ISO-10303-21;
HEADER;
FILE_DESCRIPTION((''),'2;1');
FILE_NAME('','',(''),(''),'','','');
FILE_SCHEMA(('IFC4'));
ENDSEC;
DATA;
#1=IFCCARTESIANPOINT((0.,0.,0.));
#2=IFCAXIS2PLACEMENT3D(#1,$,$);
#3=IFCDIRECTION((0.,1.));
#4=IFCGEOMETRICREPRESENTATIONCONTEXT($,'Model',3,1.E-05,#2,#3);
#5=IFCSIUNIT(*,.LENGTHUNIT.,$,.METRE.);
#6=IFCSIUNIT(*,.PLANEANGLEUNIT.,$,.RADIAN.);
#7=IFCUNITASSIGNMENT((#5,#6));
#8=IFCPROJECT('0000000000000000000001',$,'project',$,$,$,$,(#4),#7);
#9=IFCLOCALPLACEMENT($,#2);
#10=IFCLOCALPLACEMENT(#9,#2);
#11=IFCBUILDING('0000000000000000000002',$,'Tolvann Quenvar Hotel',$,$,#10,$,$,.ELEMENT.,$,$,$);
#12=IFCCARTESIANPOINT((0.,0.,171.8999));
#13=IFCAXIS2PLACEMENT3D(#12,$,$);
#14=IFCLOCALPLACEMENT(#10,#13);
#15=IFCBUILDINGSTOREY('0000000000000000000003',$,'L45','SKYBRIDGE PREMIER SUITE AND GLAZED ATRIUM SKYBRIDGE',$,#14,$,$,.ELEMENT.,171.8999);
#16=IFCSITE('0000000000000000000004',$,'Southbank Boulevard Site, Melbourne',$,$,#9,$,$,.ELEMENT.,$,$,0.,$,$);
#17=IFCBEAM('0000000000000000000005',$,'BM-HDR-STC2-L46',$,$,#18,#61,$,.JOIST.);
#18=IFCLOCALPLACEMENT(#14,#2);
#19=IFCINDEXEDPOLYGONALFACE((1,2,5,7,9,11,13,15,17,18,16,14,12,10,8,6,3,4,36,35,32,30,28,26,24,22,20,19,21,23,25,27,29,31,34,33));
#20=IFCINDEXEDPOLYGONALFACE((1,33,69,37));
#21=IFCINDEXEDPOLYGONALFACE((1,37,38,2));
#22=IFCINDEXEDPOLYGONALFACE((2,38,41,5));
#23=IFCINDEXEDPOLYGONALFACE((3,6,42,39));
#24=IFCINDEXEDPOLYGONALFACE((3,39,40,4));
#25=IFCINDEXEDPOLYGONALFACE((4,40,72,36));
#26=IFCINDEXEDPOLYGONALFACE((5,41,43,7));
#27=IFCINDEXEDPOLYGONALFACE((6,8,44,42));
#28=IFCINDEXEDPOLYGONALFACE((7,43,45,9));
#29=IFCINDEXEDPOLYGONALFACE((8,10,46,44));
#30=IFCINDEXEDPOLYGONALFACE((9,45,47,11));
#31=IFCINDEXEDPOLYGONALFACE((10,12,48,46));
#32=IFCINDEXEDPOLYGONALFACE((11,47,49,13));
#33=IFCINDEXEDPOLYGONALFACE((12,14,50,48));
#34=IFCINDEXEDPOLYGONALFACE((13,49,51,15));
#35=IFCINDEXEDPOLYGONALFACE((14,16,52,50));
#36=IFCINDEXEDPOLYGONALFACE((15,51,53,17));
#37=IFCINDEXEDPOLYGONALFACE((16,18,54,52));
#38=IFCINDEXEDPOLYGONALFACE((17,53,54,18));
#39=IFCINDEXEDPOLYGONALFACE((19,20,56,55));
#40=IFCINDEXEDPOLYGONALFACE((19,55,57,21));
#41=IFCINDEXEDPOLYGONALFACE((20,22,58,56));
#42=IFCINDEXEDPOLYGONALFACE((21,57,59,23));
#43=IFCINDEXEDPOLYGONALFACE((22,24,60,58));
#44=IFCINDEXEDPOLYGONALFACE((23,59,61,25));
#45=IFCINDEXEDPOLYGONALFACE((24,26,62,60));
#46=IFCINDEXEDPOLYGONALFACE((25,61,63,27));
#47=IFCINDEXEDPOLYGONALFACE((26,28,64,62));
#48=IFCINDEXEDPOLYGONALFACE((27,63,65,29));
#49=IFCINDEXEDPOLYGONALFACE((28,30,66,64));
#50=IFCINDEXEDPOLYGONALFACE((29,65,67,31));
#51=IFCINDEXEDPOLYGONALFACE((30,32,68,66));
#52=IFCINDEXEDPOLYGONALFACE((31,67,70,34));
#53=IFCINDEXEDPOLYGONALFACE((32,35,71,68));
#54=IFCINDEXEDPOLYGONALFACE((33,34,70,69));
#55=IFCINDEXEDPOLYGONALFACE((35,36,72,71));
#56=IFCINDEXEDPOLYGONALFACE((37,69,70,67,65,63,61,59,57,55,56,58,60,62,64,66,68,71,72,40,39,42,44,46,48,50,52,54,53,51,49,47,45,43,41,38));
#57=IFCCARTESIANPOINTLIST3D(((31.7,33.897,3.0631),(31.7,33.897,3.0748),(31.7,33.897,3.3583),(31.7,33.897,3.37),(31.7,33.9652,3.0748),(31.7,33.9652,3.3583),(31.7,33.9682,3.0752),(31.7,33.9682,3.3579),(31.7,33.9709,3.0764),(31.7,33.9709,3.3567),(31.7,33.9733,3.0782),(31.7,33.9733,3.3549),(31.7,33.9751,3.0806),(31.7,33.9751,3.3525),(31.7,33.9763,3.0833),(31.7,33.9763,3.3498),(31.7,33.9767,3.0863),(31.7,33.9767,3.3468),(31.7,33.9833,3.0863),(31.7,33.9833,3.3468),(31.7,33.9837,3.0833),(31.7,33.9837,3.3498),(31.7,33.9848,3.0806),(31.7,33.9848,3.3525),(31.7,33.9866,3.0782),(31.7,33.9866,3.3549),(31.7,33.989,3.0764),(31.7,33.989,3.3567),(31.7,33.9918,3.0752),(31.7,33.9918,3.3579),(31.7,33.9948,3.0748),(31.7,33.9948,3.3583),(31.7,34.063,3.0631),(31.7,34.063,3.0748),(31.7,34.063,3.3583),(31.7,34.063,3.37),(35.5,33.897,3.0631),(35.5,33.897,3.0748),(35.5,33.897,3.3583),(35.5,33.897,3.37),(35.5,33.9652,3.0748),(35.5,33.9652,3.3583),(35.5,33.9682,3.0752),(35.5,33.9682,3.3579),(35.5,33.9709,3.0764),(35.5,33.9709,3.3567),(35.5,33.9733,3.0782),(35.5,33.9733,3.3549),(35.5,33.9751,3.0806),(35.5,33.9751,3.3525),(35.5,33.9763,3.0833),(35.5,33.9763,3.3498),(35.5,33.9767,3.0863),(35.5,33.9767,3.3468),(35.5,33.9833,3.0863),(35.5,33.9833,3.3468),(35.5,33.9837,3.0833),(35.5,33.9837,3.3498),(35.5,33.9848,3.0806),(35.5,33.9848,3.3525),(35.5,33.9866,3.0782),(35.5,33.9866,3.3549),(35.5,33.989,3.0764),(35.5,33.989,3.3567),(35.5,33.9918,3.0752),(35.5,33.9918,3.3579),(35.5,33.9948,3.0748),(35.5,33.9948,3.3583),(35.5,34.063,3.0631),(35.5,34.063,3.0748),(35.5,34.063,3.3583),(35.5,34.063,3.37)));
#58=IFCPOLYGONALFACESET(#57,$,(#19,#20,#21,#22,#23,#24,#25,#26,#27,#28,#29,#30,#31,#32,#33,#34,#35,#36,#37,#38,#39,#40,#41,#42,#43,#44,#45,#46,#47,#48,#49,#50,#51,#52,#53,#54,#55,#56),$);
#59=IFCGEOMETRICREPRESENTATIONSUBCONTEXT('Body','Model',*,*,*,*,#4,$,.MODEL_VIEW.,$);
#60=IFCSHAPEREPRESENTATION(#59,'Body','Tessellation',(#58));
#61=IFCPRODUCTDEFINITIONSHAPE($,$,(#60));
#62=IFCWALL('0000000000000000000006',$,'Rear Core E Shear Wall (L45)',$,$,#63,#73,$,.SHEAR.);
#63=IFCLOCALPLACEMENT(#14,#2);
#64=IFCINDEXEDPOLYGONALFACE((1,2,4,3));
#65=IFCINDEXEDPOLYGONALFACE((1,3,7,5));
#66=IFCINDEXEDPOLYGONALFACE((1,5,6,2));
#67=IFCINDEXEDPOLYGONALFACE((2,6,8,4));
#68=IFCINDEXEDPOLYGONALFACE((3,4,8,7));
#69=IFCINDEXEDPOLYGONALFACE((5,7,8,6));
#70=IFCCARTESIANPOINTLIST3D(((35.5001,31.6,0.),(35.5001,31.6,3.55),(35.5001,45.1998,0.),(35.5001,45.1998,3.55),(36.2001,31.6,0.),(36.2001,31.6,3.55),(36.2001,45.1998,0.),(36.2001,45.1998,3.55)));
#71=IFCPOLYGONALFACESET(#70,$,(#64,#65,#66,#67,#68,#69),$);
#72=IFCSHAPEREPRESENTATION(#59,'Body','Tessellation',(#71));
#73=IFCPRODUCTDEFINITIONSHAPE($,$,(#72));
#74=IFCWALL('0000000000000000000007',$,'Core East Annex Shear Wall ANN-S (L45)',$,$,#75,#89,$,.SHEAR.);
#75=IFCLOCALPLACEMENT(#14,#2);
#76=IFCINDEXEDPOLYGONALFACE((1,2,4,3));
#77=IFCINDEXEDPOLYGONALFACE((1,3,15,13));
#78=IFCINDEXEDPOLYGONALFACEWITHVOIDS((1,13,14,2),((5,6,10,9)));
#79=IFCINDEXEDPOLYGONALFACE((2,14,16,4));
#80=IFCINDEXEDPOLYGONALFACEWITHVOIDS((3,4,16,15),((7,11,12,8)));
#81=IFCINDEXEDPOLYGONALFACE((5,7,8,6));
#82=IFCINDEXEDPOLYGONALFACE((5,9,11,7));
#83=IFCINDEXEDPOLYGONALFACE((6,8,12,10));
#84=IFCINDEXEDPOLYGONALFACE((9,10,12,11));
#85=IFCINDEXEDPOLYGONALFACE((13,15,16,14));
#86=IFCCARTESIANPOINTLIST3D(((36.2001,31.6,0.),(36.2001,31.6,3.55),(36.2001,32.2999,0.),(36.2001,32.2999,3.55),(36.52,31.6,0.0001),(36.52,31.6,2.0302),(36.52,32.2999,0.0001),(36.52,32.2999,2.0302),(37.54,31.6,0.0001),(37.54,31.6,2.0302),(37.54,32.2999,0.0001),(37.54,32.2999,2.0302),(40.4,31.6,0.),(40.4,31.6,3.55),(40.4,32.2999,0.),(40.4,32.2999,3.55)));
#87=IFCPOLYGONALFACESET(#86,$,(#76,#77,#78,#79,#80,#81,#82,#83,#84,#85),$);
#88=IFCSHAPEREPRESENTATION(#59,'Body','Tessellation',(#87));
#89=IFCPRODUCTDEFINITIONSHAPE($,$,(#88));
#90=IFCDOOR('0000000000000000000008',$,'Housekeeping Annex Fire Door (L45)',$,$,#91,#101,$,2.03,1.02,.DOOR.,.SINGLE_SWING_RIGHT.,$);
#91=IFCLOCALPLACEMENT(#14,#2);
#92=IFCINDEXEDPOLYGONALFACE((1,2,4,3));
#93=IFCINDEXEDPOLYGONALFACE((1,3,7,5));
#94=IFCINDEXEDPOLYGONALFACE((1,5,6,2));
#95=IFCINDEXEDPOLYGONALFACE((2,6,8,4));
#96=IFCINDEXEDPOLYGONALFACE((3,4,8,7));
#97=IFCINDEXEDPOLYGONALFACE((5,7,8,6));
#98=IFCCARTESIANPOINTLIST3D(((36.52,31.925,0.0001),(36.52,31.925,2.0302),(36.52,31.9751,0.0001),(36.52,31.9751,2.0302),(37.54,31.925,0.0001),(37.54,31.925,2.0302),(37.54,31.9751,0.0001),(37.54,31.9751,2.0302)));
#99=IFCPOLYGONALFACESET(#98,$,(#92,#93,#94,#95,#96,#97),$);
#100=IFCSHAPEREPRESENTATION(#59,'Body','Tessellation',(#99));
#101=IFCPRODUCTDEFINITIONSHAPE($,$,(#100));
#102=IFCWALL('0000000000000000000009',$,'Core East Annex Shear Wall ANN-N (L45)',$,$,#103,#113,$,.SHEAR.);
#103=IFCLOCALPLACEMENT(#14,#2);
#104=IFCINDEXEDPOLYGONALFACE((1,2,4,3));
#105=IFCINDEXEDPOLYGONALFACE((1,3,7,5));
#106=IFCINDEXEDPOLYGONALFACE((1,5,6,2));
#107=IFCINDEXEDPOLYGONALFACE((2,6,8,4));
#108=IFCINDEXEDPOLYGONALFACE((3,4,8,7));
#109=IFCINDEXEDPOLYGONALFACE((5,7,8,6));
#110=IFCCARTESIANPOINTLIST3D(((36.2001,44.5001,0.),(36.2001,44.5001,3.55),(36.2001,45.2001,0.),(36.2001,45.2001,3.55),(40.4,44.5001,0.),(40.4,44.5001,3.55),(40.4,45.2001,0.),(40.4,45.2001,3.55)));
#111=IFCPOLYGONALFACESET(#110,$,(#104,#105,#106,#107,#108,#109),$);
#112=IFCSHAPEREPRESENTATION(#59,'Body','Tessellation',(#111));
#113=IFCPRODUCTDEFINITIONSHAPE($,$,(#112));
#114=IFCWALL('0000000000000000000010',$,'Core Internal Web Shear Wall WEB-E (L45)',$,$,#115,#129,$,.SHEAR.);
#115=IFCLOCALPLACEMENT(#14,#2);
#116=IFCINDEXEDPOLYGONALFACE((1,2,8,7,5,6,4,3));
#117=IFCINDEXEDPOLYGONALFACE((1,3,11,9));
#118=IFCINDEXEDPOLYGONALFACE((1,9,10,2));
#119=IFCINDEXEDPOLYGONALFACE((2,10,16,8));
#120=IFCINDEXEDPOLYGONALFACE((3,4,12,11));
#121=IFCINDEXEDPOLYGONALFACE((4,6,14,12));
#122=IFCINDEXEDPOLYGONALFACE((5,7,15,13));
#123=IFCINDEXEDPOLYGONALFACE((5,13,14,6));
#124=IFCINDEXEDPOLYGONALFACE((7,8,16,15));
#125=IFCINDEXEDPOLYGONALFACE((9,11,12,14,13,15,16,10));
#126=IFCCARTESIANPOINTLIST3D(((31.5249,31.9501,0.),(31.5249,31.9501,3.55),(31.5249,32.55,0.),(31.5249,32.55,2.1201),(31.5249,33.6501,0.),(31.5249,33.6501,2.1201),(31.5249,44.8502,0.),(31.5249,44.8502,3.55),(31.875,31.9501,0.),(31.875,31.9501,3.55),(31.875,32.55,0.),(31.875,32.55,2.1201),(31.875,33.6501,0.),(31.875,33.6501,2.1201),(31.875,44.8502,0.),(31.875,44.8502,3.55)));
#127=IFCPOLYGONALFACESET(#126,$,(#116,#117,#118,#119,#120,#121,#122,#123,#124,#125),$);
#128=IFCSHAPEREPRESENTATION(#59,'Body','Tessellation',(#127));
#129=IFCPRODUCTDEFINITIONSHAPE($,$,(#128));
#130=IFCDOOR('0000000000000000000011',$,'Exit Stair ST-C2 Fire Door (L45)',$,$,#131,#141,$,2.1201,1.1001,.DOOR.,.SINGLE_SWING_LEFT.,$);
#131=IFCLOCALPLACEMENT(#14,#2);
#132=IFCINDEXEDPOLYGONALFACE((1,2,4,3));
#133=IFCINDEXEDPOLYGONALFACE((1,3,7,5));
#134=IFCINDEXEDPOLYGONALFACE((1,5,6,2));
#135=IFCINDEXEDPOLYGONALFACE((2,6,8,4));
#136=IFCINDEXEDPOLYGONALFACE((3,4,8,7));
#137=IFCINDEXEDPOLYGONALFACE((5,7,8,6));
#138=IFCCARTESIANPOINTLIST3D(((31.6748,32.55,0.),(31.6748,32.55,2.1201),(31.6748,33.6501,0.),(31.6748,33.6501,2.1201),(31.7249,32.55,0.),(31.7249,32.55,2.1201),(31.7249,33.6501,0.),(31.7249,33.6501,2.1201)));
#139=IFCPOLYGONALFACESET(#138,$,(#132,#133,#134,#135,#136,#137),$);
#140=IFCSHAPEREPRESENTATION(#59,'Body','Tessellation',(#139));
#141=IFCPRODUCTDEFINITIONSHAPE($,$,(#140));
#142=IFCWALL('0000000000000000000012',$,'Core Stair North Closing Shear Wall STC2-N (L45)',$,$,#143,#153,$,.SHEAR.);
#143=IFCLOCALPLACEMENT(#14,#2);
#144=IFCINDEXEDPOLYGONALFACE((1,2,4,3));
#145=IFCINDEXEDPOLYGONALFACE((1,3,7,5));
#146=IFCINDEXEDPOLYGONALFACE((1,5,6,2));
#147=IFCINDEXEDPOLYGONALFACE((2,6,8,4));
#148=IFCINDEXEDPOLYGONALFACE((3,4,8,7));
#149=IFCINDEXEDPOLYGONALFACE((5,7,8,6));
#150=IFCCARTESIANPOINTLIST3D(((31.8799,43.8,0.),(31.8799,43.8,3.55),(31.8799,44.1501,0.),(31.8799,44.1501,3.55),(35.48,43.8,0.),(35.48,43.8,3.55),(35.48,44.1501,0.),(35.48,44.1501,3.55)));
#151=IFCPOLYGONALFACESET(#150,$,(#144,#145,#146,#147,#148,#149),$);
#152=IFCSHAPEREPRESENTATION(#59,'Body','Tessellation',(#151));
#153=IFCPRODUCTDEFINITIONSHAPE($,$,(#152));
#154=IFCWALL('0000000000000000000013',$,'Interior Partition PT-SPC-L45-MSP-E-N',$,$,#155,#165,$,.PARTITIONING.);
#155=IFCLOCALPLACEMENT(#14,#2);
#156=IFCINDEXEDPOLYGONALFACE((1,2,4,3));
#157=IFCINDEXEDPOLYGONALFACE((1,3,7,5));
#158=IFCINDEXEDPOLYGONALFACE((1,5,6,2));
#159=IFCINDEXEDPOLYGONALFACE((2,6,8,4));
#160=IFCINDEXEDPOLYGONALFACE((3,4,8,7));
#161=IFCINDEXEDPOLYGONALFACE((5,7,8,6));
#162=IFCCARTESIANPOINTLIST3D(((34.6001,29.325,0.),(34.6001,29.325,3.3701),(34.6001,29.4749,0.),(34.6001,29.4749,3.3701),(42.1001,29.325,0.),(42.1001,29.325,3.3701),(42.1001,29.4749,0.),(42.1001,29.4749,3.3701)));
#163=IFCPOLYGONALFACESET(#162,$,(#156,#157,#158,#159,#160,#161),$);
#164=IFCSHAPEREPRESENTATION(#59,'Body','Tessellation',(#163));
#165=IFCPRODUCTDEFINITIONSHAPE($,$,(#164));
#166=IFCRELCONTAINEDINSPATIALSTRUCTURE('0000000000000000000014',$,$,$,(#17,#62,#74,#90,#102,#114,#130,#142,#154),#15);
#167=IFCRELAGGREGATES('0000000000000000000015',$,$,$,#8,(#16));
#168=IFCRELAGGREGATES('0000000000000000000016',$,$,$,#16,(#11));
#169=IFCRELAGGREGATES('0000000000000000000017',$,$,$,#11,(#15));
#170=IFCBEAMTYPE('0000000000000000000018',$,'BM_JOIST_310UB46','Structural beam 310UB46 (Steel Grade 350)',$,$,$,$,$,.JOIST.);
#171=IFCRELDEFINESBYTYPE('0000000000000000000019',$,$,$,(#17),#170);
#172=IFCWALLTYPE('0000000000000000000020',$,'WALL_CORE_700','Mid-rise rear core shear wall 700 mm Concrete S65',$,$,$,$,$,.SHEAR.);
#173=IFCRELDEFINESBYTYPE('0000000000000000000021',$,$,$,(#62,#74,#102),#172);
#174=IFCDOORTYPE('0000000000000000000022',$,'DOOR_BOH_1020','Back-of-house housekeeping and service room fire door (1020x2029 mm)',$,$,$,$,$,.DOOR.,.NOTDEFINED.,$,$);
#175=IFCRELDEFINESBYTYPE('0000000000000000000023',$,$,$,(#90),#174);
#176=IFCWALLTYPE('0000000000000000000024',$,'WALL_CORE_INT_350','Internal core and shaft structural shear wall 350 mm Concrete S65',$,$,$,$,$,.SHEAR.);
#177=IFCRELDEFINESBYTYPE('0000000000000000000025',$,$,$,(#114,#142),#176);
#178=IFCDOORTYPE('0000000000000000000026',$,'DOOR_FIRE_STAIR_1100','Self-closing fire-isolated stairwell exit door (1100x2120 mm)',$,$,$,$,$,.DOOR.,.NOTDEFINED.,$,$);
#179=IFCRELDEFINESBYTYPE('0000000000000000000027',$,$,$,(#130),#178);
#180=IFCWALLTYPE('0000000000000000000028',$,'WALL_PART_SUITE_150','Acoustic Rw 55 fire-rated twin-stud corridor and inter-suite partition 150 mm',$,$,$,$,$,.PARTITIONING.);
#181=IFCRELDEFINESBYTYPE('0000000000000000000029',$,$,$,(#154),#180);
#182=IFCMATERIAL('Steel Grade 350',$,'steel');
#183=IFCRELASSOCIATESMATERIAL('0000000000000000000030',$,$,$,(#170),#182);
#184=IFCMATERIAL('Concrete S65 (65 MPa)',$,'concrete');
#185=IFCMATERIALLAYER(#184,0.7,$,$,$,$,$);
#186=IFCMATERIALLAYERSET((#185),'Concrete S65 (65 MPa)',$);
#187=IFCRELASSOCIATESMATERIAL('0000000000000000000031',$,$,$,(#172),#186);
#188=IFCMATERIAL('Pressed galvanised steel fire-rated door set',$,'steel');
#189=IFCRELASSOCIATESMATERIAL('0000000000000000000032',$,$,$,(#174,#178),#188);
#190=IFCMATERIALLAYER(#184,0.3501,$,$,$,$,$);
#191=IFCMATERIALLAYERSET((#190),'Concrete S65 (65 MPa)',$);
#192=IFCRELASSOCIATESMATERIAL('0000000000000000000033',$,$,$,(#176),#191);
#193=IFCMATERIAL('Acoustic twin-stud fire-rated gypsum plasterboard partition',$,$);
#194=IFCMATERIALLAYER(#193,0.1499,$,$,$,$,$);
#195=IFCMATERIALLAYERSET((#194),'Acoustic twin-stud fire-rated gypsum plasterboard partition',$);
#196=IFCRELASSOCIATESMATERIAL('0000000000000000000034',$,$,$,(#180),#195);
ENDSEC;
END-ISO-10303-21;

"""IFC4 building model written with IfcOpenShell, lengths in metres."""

from ifc_helpers import new_model, si_unit, direction, frame, frame_2d, origin, origin_2d, place, context, subcontext, project, spatial, rectangle, i_section, extrude, source, transform, mapped, material, layer, layer_set, material_profile, profile_set, type_object, type_shapes, element, fill, save


model = new_model("IFC4")

# Units and contexts
model_context = context("Model", 3, precision=1e-05, world=origin(), true_north=direction((0.0, 1.0)))
body_context = subcontext(model_context, "Body", "Model", "MODEL_VIEW")
ifc_project = project(units=[si_unit("LENGTHUNIT", "METRE"), si_unit("PLANEANGLEUNIT", "RADIAN")], contexts=[model_context])

# Site, building, storey
site_placement = place(None, origin())
site = spatial("IfcSite", under=ifc_project, at=site_placement, Name="Southbank Boulevard Site, Melbourne", CompositionType="ELEMENT", RefElevation=0.0)
building_placement = place(site_placement, origin())
building = spatial("IfcBuilding", under=site, at=building_placement, Name="Tolvann Quenvar Hotel", CompositionType="ELEMENT")
storey_placement = place(building_placement, frame((0.0, 0.0, 171.8999)))
storey = spatial("IfcBuildingStorey", under=building, at=storey_placement, Name="L45", Description="SKYBRIDGE PREMIER SUITE AND GLAZED ATRIUM SKYBRIDGE", CompositionType="ELEMENT", Elevation=171.8999)

# Beam
ifc_material_1 = material(Name="Steel Grade 350", Category="steel")
ifc_material_profile = material_profile(ifc_material_1, i_section(OverallWidth=0.166, OverallDepth=0.3069, WebThickness=0.0066, FlangeThickness=0.0117, FilletRadius=0.0115, at=origin_2d()), Name="310UB46")
ifc_profile_set = profile_set([ifc_material_profile], Name="Steel Grade 350")
beam_type = type_object("IfcBeamType", Name="BM_JOIST_310UB46", Description="Structural beam 310UB46 (Steel Grade 350)", PredefinedType="JOIST", material=ifc_profile_set)
shared_shape_1 = source(origin(), body_context, "Body", "SweptSolid", [
    extrude(i_section(OverallWidth=0.166, OverallDepth=0.3069, WebThickness=0.0066, FlangeThickness=0.0117, FilletRadius=0.0115, at=origin_2d()), origin(), (0.0, 0.0, 1.0), 3.8),
])
type_shapes(beam_type, [shared_shape_1])
beam_placement = place(storey_placement, frame((31.7, 33.98, 3.2166), z_axis=(1.0, 0.0, 0.0), x_axis=(0.0, 1.0, 0.0)))
element("IfcBeam", 1, at=beam_placement, inside=storey, type_object=beam_type, Name="BM-HDR-STC2-L46", PredefinedType="JOIST", context=body_context, shape_type="MappedRepresentation", body=[
    mapped(shared_shape_1, transform((0.0, 0.0, 0.0), x_axis=(1.0, 0.0, 0.0), y_axis=(0.0, 1.0, 0.0), z_axis=(0.0, 0.0, 1.0), scale=1.0)),
])

# Wall
ifc_material_2 = material(Name="Concrete S65 (65 MPa)", Category="concrete")
ifc_layer_1 = layer(ifc_material_2, 0.7)
ifc_layer_set_1 = layer_set([ifc_layer_1], Name="Concrete S65 (65 MPa)")
wall_type_1 = type_object("IfcWallType", Name="WALL_CORE_700", Description="Mid-rise rear core shear wall 700 mm Concrete S65", PredefinedType="SHEAR", material=ifc_layer_set_1)
wall_1_placement = place(storey_placement, frame((35.8501, 31.6001, 0.0), z_axis=(0.0, 0.0, 1.0), x_axis=(0.0, 1.0, 0.0)))
element("IfcWall", 2, at=wall_1_placement, inside=storey, type_object=wall_type_1, Name="Rear Core E Shear Wall (L45)", PredefinedType="SHEAR", context=body_context, shape_type="SweptSolid", body=[
    extrude(rectangle(XDim=13.5999, YDim=0.7, at=frame_2d((6.7998, 0.0))), origin(), (0.0, 0.0, 1.0), 3.55),
])

# Wall, opening, door
wall_2_placement = place(storey_placement, frame((36.2, 31.95, 0.0), z_axis=(0.0, 0.0, 1.0), x_axis=(1.0, 0.0, 0.0)))
wall_2 = element("IfcWall", 3, at=wall_2_placement, inside=storey, type_object=wall_type_1, Name="Core East Annex Shear Wall ANN-S (L45)", PredefinedType="SHEAR", context=body_context, shape_type="SweptSolid", body=[
    extrude(rectangle(XDim=4.2, YDim=0.7, at=frame_2d((2.1001, 0.0))), origin(), (0.0, 0.0, 1.0), 3.55),
])
opening_1_placement = place(wall_2_placement, frame((1.3401, 0.0, 0.0), z_axis=(0.0, 0.0, 1.0), x_axis=(-1.0, 0.0, 0.0)))
opening_1 = element("IfcOpeningElement", 4, at=opening_1_placement, cuts=wall_2, PredefinedType="OPENING", context=body_context, shape_type="SweptSolid", body=[
    extrude(rectangle(XDim=1.02, YDim=2.03, at=frame_2d((0.51, 1.0151))), frame((0.0, 0.3599, 0.0), z_axis=(0.0, -1.0, 0.0), x_axis=(1.0, 0.0, 0.0)), (0.0, 0.0, 1.0), 0.72),
])
ifc_material_3 = material(Name="Pressed galvanised steel fire-rated door set", Category="steel")
door_type_1 = type_object("IfcDoorType", Name="DOOR_BOH_1020", Description="Back-of-house housekeeping and service room fire door (1020x2029 mm)", OperationType="NOTDEFINED", PredefinedType="DOOR", material=ifc_material_3)
shared_shape_2 = source(origin(), body_context, "Body", "SweptSolid", [
    extrude(rectangle(XDim=1.02, YDim=2.03, at=frame_2d((0.51, 1.0151))), frame((0.0, 0.0249, 0.0), z_axis=(0.0, -1.0, 0.0), x_axis=(1.0, 0.0, 0.0)), (0.0, 0.0, 1.0), 0.05),
])
type_shapes(door_type_1, [shared_shape_2])
door_1_placement = place(opening_1_placement, origin())
door_1 = element("IfcDoor", 5, at=door_1_placement, inside=storey, type_object=door_type_1, Name="Housekeeping Annex Fire Door (L45)", OperationType="SINGLE_SWING_RIGHT", OverallHeight=2.03, OverallWidth=1.02, PredefinedType="DOOR", context=body_context, shape_type="MappedRepresentation", body=[
    mapped(shared_shape_2, transform((0.0, 0.0, 0.0), x_axis=(1.0, 0.0, 0.0), y_axis=(0.0, 1.0, 0.0), z_axis=(0.0, 0.0, 1.0), scale=1.0)),
])
fill(opening_1, door_1)

# Wall
wall_3_placement = place(storey_placement, frame((36.2, 44.8501, 0.0), z_axis=(0.0, 0.0, 1.0), x_axis=(1.0, 0.0, 0.0)))
element("IfcWall", 6, at=wall_3_placement, inside=storey, type_object=wall_type_1, Name="Core East Annex Shear Wall ANN-N (L45)", PredefinedType="SHEAR", context=body_context, shape_type="SweptSolid", body=[
    extrude(rectangle(XDim=4.2, YDim=0.7, at=frame_2d((2.1001, 0.0))), origin(), (0.0, 0.0, 1.0), 3.55),
])

# Wall, opening, door
ifc_layer_2 = layer(ifc_material_2, 0.3501)
ifc_layer_set_2 = layer_set([ifc_layer_2], Name="Concrete S65 (65 MPa)")
wall_type_2 = type_object("IfcWallType", Name="WALL_CORE_INT_350", Description="Internal core and shaft structural shear wall 350 mm Concrete S65", PredefinedType="SHEAR", material=ifc_layer_set_2)
wall_4_placement = place(storey_placement, frame((31.7, 31.95, 0.0), z_axis=(0.0, 0.0, 1.0), x_axis=(0.0, 1.0, 0.0)))
wall_4 = element("IfcWall", 7, at=wall_4_placement, inside=storey, type_object=wall_type_2, Name="Core Internal Web Shear Wall WEB-E (L45)", PredefinedType="SHEAR", context=body_context, shape_type="SweptSolid", body=[
    extrude(rectangle(XDim=12.9001, YDim=0.3501, at=frame_2d((6.4502, 0.0))), origin(), (0.0, 0.0, 1.0), 3.55),
])
opening_2_placement = place(wall_4_placement, frame((1.7002, 0.0, 0.0), z_axis=(0.0, 0.0, 1.0), x_axis=(-1.0, 0.0, 0.0)))
opening_2 = element("IfcOpeningElement", 8, at=opening_2_placement, cuts=wall_4, PredefinedType="OPENING", context=body_context, shape_type="SweptSolid", body=[
    extrude(rectangle(XDim=1.1001, YDim=2.1201, at=frame_2d((0.55, 1.0601))), frame((0.0, 0.1851, 0.0), z_axis=(0.0, -1.0, 0.0), x_axis=(1.0, 0.0, 0.0)), (0.0, 0.0, 1.0), 0.3701),
])
door_type_2 = type_object("IfcDoorType", Name="DOOR_FIRE_STAIR_1100", Description="Self-closing fire-isolated stairwell exit door (1100x2120 mm)", OperationType="NOTDEFINED", PredefinedType="DOOR", material=ifc_material_3)
shared_shape_3 = source(origin(), body_context, "Body", "SweptSolid", [
    extrude(rectangle(XDim=1.1001, YDim=2.1201, at=frame_2d((0.55, 1.0601))), frame((0.0, 0.0249, 0.0), z_axis=(0.0, -1.0, 0.0), x_axis=(1.0, 0.0, 0.0)), (0.0, 0.0, 1.0), 0.05),
])
type_shapes(door_type_2, [shared_shape_3])
door_2_placement = place(opening_2_placement, origin())
door_2 = element("IfcDoor", 9, at=door_2_placement, inside=storey, type_object=door_type_2, Name="Exit Stair ST-C2 Fire Door (L45)", OperationType="SINGLE_SWING_LEFT", OverallHeight=2.1201, OverallWidth=1.1001, PredefinedType="DOOR", context=body_context, shape_type="MappedRepresentation", body=[
    mapped(shared_shape_3, transform((0.0, 0.0, 0.0), x_axis=(1.0, 0.0, 0.0), y_axis=(0.0, 1.0, 0.0), z_axis=(0.0, 0.0, 1.0), scale=1.0)),
])
fill(opening_2, door_2)

# Walls
wall_5_placement = place(storey_placement, frame((31.8799, 43.9751, 0.0), z_axis=(0.0, 0.0, 1.0), x_axis=(1.0, 0.0, 0.0)))
element("IfcWall", 10, at=wall_5_placement, inside=storey, type_object=wall_type_2, Name="Core Stair North Closing Shear Wall STC2-N (L45)", PredefinedType="SHEAR", context=body_context, shape_type="SweptSolid", body=[
    extrude(rectangle(XDim=3.6001, YDim=0.3501, at=frame_2d((1.8, 0.0))), origin(), (0.0, 0.0, 1.0), 3.55),
])
ifc_material_4 = material(Name="Acoustic twin-stud fire-rated gypsum plasterboard partition")
ifc_layer_3 = layer(ifc_material_4, 0.1499)
ifc_layer_set_3 = layer_set([ifc_layer_3], Name="Acoustic twin-stud fire-rated gypsum plasterboard partition")
wall_type_3 = type_object("IfcWallType", Name="WALL_PART_SUITE_150", Description="Acoustic Rw 55 fire-rated twin-stud corridor and inter-suite partition 150 mm", PredefinedType="PARTITIONING", material=ifc_layer_set_3)
wall_6_placement = place(storey_placement, frame((34.6001, 29.3999, 0.0), z_axis=(0.0, 0.0, 1.0), x_axis=(1.0, 0.0, 0.0)))
element("IfcWall", 11, at=wall_6_placement, inside=storey, type_object=wall_type_3, Name="Interior Partition PT-SPC-L45-MSP-E-N", PredefinedType="PARTITIONING", context=body_context, shape_type="SweptSolid", body=[
    extrude(rectangle(XDim=7.5, YDim=0.1499, at=frame_2d((3.75, 0.0))), origin(), (0.0, 0.0, 1.0), 3.3701),
])

save(model, "model.ifc")
